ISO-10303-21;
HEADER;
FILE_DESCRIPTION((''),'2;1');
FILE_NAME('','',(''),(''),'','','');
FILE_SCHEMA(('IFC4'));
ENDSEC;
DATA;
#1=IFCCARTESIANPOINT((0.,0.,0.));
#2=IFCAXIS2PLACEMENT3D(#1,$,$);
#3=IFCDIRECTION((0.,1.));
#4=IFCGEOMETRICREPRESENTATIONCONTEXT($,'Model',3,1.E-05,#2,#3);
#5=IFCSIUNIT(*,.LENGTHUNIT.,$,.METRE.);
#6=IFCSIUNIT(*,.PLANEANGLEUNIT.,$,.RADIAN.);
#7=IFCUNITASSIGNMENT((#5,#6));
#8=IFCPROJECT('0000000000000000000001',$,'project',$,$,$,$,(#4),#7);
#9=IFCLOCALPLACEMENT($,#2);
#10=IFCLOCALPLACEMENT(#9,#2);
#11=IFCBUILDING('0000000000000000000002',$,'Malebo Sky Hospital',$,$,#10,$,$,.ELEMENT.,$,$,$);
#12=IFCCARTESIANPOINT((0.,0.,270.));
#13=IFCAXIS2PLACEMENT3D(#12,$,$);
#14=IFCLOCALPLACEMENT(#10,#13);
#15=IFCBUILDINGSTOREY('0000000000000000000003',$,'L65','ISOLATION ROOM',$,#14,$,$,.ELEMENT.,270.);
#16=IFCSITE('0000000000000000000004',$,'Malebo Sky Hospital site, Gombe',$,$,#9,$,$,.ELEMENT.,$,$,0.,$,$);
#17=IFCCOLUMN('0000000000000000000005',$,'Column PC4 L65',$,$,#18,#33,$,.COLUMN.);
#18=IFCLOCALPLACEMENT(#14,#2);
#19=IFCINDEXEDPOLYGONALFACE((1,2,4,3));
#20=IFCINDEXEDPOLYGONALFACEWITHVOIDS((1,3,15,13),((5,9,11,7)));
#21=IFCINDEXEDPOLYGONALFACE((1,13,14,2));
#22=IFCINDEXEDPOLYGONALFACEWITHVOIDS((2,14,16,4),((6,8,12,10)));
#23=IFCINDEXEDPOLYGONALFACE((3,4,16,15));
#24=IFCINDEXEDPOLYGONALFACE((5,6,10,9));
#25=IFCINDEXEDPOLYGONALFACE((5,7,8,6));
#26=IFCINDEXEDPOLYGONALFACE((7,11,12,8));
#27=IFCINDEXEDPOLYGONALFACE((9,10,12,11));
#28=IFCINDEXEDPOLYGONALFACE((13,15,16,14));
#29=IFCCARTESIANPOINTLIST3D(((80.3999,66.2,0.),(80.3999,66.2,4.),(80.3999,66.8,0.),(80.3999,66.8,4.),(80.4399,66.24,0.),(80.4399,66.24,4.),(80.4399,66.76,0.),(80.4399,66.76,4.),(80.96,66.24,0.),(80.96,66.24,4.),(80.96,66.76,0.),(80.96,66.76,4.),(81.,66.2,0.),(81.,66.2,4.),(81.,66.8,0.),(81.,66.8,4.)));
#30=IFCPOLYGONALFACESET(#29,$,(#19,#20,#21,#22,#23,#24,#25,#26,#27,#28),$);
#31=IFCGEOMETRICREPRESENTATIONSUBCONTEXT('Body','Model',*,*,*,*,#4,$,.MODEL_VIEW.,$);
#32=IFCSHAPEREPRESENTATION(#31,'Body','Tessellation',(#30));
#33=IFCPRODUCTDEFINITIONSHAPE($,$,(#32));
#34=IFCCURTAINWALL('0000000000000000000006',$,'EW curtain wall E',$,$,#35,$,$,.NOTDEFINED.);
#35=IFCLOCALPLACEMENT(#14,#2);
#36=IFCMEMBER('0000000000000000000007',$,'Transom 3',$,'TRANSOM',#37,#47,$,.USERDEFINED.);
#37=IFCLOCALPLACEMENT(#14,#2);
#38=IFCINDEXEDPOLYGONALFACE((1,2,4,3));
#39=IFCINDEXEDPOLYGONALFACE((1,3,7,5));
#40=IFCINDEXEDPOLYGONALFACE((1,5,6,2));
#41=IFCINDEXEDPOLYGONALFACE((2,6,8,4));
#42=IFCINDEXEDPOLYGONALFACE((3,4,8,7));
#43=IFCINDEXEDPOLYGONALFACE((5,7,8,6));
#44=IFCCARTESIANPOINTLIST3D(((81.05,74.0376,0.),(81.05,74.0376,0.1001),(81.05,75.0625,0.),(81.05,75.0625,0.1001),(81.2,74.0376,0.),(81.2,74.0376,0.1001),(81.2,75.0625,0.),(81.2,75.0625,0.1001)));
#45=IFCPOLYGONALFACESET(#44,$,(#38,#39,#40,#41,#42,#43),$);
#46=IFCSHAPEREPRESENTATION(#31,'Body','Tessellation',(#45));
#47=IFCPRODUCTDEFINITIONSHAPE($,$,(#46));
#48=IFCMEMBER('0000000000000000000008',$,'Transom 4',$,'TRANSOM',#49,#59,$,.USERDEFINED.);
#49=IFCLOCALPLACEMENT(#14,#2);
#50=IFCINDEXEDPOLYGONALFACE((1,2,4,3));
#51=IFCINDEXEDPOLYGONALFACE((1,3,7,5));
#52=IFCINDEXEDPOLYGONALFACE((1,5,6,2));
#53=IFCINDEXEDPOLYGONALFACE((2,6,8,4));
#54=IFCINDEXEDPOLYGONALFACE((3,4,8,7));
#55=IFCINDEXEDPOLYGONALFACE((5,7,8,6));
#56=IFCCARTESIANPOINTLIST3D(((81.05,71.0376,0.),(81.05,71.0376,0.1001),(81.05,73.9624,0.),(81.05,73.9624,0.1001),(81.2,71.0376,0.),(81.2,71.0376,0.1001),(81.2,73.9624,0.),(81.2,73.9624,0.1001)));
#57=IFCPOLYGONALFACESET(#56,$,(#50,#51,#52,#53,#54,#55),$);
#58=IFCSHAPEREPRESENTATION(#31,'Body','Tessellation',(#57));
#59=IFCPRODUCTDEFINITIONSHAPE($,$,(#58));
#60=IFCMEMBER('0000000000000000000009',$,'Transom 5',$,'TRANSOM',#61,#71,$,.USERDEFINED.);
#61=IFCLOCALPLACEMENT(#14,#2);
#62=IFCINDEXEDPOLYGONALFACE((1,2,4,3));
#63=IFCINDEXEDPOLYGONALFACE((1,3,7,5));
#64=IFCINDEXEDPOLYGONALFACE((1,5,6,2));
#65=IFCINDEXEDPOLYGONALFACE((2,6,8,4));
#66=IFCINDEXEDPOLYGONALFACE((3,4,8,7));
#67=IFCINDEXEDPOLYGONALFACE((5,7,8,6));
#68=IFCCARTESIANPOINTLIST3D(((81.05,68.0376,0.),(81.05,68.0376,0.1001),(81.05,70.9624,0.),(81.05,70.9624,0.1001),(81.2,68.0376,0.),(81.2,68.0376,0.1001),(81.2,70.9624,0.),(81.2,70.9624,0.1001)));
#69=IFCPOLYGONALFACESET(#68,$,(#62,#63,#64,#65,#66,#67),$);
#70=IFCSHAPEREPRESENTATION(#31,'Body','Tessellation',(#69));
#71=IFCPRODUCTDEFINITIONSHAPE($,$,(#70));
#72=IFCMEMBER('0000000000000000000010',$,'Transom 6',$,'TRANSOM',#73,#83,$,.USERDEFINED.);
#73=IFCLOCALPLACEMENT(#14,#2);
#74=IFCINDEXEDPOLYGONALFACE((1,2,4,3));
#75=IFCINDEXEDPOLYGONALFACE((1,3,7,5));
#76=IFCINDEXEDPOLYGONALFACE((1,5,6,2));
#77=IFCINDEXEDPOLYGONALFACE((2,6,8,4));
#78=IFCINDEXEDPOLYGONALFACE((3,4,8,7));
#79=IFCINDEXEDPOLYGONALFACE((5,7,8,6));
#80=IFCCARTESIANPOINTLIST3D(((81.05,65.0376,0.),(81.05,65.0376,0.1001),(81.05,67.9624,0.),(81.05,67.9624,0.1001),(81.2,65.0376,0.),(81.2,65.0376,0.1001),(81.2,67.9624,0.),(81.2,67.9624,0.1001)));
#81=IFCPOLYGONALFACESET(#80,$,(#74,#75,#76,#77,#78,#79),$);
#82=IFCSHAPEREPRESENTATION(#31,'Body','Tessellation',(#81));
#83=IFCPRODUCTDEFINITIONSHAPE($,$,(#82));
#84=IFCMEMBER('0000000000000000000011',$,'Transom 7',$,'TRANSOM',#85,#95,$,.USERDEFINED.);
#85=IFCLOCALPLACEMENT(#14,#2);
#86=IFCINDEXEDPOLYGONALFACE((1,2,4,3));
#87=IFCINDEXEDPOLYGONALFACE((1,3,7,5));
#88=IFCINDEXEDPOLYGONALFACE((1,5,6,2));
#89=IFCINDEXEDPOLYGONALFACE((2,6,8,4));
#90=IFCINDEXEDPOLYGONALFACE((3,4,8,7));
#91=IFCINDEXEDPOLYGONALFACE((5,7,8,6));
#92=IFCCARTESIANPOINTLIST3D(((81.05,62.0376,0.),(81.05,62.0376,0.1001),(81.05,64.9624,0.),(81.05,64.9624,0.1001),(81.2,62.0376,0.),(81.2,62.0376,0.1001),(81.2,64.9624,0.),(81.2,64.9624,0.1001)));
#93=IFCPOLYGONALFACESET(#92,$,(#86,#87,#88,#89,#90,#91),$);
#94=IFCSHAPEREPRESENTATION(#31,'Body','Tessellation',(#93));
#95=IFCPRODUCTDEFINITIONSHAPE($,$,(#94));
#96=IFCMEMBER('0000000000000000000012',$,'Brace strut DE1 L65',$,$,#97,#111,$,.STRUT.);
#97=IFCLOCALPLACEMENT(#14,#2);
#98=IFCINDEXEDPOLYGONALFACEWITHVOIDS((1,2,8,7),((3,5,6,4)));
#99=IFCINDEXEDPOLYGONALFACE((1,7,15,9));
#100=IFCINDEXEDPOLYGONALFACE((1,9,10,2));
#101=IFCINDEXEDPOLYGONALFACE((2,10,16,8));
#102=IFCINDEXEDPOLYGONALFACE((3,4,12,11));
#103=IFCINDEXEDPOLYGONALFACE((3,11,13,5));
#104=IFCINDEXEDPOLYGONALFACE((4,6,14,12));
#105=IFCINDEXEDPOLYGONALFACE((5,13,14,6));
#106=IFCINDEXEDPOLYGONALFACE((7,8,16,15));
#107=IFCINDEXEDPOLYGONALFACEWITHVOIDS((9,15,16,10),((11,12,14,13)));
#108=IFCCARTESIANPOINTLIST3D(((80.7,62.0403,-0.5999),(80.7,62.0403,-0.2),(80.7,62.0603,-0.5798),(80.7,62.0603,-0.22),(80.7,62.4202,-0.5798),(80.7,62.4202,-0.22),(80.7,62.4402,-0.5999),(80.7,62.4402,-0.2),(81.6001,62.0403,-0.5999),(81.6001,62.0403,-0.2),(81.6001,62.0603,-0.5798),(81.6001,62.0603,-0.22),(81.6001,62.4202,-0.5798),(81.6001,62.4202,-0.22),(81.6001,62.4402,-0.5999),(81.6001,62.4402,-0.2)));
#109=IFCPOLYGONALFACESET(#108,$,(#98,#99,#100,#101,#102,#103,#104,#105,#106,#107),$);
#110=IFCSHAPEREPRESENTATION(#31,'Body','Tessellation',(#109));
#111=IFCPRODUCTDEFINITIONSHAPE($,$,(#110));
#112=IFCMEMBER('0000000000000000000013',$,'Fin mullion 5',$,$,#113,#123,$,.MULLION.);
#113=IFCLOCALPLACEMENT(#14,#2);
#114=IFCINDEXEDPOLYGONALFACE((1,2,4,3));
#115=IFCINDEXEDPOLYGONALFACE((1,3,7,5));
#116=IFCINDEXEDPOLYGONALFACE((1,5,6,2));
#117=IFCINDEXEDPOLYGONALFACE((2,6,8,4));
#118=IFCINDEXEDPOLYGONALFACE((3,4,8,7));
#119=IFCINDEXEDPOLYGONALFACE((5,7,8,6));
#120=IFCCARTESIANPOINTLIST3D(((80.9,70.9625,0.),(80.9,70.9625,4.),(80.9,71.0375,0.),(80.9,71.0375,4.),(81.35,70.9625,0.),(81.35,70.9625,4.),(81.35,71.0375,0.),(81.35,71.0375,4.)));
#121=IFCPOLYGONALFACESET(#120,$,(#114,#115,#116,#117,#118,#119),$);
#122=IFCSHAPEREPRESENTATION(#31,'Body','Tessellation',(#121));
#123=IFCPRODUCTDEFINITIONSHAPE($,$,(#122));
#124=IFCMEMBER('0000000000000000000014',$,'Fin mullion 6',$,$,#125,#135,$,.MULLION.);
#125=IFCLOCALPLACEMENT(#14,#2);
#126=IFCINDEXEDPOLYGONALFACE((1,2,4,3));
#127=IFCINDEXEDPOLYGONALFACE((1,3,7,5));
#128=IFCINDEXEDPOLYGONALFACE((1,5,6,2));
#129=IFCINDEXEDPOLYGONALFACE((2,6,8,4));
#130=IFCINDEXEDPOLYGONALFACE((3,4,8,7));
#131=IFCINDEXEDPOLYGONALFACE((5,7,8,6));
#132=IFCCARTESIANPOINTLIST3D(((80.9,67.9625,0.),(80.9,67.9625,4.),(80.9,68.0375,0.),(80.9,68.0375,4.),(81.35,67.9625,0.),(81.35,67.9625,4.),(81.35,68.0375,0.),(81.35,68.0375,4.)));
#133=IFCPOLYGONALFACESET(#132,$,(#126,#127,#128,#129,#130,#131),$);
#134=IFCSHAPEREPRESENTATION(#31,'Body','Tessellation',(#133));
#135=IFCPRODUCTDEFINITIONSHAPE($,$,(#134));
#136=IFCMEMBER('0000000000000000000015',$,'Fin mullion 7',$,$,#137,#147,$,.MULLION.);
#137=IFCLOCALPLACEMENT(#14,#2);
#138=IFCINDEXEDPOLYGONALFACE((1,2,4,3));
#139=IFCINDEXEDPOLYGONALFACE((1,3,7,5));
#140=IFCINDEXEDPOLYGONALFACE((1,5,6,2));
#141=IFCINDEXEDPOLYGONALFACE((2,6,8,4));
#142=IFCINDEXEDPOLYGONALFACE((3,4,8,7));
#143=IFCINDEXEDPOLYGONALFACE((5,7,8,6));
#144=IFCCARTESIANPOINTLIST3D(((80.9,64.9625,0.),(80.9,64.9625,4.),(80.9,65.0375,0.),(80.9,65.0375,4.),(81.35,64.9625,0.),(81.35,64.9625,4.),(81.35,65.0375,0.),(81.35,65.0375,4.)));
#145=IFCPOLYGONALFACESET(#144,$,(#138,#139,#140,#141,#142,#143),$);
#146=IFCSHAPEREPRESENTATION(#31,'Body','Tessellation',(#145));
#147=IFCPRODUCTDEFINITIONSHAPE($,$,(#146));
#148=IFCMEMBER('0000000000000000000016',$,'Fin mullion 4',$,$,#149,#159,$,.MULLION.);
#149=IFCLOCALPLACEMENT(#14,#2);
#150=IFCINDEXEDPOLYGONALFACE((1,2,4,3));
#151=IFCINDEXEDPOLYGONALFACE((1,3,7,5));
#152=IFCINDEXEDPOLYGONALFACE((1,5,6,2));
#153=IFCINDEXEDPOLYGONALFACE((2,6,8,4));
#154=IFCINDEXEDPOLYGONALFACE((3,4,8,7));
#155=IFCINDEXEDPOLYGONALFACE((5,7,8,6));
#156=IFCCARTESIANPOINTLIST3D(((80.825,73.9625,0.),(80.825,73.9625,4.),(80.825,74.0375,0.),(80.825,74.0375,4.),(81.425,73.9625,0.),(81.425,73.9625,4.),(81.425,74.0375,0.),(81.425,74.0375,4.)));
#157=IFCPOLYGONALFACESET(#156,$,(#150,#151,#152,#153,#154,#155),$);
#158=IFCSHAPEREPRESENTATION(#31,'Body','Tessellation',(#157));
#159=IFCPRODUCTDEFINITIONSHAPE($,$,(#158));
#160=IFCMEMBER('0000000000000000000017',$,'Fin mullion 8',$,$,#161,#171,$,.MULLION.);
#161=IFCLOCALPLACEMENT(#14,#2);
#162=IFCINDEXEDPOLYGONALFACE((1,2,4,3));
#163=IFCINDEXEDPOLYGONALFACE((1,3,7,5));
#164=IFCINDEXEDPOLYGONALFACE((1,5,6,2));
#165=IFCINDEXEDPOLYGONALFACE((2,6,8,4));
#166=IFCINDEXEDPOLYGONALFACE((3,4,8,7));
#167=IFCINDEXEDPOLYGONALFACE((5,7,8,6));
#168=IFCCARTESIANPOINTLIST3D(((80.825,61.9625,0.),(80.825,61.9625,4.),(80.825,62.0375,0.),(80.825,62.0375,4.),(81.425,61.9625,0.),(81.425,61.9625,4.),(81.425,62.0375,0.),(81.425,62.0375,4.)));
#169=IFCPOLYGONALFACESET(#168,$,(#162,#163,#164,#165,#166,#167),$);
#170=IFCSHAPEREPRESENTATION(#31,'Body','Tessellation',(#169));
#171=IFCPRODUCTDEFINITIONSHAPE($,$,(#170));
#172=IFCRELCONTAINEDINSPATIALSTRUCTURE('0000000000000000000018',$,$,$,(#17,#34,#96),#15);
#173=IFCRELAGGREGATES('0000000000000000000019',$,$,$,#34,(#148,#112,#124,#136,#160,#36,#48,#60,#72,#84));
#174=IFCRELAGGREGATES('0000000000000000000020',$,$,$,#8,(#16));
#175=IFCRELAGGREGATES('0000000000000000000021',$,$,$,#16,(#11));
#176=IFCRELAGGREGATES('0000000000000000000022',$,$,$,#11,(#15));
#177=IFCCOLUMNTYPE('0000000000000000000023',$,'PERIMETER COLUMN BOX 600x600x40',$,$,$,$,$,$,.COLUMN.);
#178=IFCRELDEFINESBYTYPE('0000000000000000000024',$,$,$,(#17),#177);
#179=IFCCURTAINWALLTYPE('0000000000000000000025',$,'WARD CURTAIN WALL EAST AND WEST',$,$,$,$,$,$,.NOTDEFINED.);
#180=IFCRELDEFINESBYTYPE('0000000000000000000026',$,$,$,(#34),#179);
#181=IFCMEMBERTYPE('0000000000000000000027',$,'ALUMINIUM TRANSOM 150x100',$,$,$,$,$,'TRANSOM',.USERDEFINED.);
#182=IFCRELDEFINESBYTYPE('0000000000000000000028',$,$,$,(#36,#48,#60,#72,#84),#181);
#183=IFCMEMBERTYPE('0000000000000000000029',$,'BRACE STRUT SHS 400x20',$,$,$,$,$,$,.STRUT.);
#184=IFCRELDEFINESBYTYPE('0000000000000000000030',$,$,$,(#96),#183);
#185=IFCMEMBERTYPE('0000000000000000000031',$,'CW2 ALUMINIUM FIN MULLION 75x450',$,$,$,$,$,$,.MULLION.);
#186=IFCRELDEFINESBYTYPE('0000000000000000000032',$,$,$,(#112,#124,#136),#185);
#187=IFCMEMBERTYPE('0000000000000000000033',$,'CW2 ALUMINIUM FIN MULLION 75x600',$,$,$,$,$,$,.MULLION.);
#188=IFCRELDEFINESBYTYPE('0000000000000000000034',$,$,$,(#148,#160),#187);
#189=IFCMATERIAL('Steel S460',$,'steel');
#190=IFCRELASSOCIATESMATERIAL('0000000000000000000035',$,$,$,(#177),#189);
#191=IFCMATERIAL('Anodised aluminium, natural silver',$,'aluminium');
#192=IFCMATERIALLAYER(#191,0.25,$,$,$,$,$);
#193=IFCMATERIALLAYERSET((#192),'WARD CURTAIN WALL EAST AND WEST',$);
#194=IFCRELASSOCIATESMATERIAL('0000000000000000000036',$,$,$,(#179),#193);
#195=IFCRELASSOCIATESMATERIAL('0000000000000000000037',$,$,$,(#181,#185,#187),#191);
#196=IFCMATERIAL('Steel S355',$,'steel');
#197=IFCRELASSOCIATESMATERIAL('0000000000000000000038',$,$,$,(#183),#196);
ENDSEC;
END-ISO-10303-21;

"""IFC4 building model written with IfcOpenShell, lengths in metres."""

from ifc_helpers import new_model, si_unit, direction, frame, origin, origin_2d, place, context, subcontext, project, spatial, rectangle, hollow_rectangle, extrude, material, layer, layer_set, material_profile, profile_set, type_object, element, aggregate, save


model = new_model("IFC4")

# Units and contexts
model_context = context("Model", 3, precision=1e-05, world=origin(), true_north=direction((0.0, 1.0)))
body_context = subcontext(model_context, "Body", "Model", "MODEL_VIEW")
ifc_project = project(units=[si_unit("LENGTHUNIT", "METRE"), si_unit("PLANEANGLEUNIT", "RADIAN")], contexts=[model_context])

# Site, building, storey
site_placement = place(None, origin())
site = spatial("IfcSite", under=ifc_project, at=site_placement, Name="Malebo Sky Hospital site, Gombe", CompositionType="ELEMENT", RefElevation=0.0)
building_placement = place(site_placement, origin())
building = spatial("IfcBuilding", under=site, at=building_placement, Name="Malebo Sky Hospital", CompositionType="ELEMENT")
storey_placement = place(building_placement, frame((0.0, 0.0, 270.0)))
storey = spatial("IfcBuildingStorey", under=building, at=storey_placement, Name="L65", Description="ISOLATION ROOM", CompositionType="ELEMENT", Elevation=270.0)

# Column
ifc_material_1 = material(Name="Steel S460", Category="steel")
ifc_material_profile_1 = material_profile(ifc_material_1, hollow_rectangle(XDim=0.6001, YDim=0.6001, WallThickness=0.04, at=origin_2d()), Name="BOX 600x600x40")
ifc_profile_set_1 = profile_set([ifc_material_profile_1], Name="Steel S460")
column_type = type_object("IfcColumnType", Name="PERIMETER COLUMN BOX 600x600x40", PredefinedType="COLUMN", material=ifc_profile_set_1)
column_placement = place(storey_placement, frame((80.7, 66.5, 0.0), z_axis=(0.0, 0.0, 1.0), x_axis=(1.0, 0.0, 0.0)))
element("IfcColumn", 1, at=column_placement, inside=storey, type_object=column_type, Name="Column PC4 L65", PredefinedType="COLUMN", context=body_context, shape_type="SweptSolid", body=[
    extrude(hollow_rectangle(XDim=0.6001, YDim=0.6001, WallThickness=0.04, at=origin_2d()), origin(), (0.0, 0.0, 1.0), 4.0),
])

# Curtain wall, members
ifc_material_2 = material(Name="Anodised aluminium, natural silver", Category="aluminium")
ifc_layer_1 = layer(ifc_material_2, 0.25)
ifc_layer_set_1 = layer_set([ifc_layer_1], Name="WARD CURTAIN WALL EAST AND WEST")
curtain_wall_type = type_object("IfcCurtainWallType", Name="WARD CURTAIN WALL EAST AND WEST", PredefinedType="NOTDEFINED", material=ifc_layer_set_1)
curtain_wall_placement = place(storey_placement, origin())
curtain_wall = element("IfcCurtainWall", 2, at=curtain_wall_placement, inside=storey, type_object=curtain_wall_type, Name="EW curtain wall E", PredefinedType="NOTDEFINED")
ifc_material_profile_2 = material_profile(ifc_material_2, rectangle(XDim=0.1499, YDim=0.1001, at=origin_2d()), Name="ALUMINIUM TRANSOM 150x100")
ifc_profile_set_2 = profile_set([ifc_material_profile_2], Name="Anodised aluminium, natural silver")
member_type_1 = type_object("IfcMemberType", Name="ALUMINIUM TRANSOM 150x100", ElementType="TRANSOM", PredefinedType="USERDEFINED", material=ifc_profile_set_2)
member_1_placement = place(storey_placement, frame((81.125, 75.0625, 0.05), z_axis=(0.0, -1.0, 0.0), x_axis=(1.0, 0.0, 0.0)))
member_1 = element("IfcMember", 3, at=member_1_placement, type_object=member_type_1, Name="Transom 3", ObjectType="TRANSOM", PredefinedType="USERDEFINED", context=body_context, shape_type="SweptSolid", body=[
    extrude(rectangle(XDim=0.1499, YDim=0.1001, at=origin_2d()), origin(), (0.0, 0.0, 1.0), 1.0249),
])
member_2_placement = place(storey_placement, frame((81.125, 73.9624, 0.05), z_axis=(0.0, -1.0, 0.0), x_axis=(1.0, 0.0, 0.0)))
member_2 = element("IfcMember", 4, at=member_2_placement, type_object=member_type_1, Name="Transom 4", ObjectType="TRANSOM", PredefinedType="USERDEFINED", context=body_context, shape_type="SweptSolid", body=[
    extrude(rectangle(XDim=0.1499, YDim=0.1001, at=origin_2d()), origin(), (0.0, 0.0, 1.0), 2.9248),
])
member_3_placement = place(storey_placement, frame((81.125, 70.9624, 0.05), z_axis=(0.0, -1.0, 0.0), x_axis=(1.0, 0.0, 0.0)))
member_3 = element("IfcMember", 5, at=member_3_placement, type_object=member_type_1, Name="Transom 5", ObjectType="TRANSOM", PredefinedType="USERDEFINED", context=body_context, shape_type="SweptSolid", body=[
    extrude(rectangle(XDim=0.1499, YDim=0.1001, at=origin_2d()), origin(), (0.0, 0.0, 1.0), 2.9248),
])
member_4_placement = place(storey_placement, frame((81.125, 67.9624, 0.05), z_axis=(0.0, -1.0, 0.0), x_axis=(1.0, 0.0, 0.0)))
member_4 = element("IfcMember", 6, at=member_4_placement, type_object=member_type_1, Name="Transom 6", ObjectType="TRANSOM", PredefinedType="USERDEFINED", context=body_context, shape_type="SweptSolid", body=[
    extrude(rectangle(XDim=0.1499, YDim=0.1001, at=origin_2d()), origin(), (0.0, 0.0, 1.0), 2.9248),
])
member_5_placement = place(storey_placement, frame((81.125, 64.9624, 0.05), z_axis=(0.0, -1.0, 0.0), x_axis=(1.0, 0.0, 0.0)))
member_5 = element("IfcMember", 7, at=member_5_placement, type_object=member_type_1, Name="Transom 7", ObjectType="TRANSOM", PredefinedType="USERDEFINED", context=body_context, shape_type="SweptSolid", body=[
    extrude(rectangle(XDim=0.1499, YDim=0.1001, at=origin_2d()), origin(), (0.0, 0.0, 1.0), 2.9248),
])

# Members
ifc_material_3 = material(Name="Steel S355", Category="steel")
ifc_material_profile_3 = material_profile(ifc_material_3, hollow_rectangle(XDim=0.3999, YDim=0.3999, WallThickness=0.02, at=origin_2d()), Name="SHS 400x20")
ifc_profile_set_3 = profile_set([ifc_material_profile_3], Name="Steel S355")
member_type_2 = type_object("IfcMemberType", Name="BRACE STRUT SHS 400x20", PredefinedType="STRUT", material=ifc_profile_set_3)
member_6_placement = place(storey_placement, frame((81.6001, 62.2402, -0.3999), z_axis=(-1.0, 0.0, 0.0), x_axis=(0.0, -1.0, 0.0)))
element("IfcMember", 8, at=member_6_placement, inside=storey, type_object=member_type_2, Name="Brace strut DE1 L65", PredefinedType="STRUT", context=body_context, shape_type="SweptSolid", body=[
    extrude(hollow_rectangle(XDim=0.3999, YDim=0.3999, WallThickness=0.02, at=origin_2d()), origin(), (0.0, 0.0, 1.0), 0.9001),
])
ifc_material_profile_4 = material_profile(ifc_material_2, rectangle(XDim=0.075, YDim=0.45, at=origin_2d()), Name="CW2 ALUMINIUM FIN MULLION 75x450")
ifc_profile_set_4 = profile_set([ifc_material_profile_4], Name="Anodised aluminium, natural silver")
member_type_3 = type_object("IfcMemberType", Name="CW2 ALUMINIUM FIN MULLION 75x450", PredefinedType="MULLION", material=ifc_profile_set_4)
member_7_placement = place(storey_placement, frame((81.125, 71.0, 0.0), z_axis=(0.0, 0.0, 1.0), x_axis=(0.0, -1.0, 0.0)))
member_7 = element("IfcMember", 9, at=member_7_placement, type_object=member_type_3, Name="Fin mullion 5", PredefinedType="MULLION", context=body_context, shape_type="SweptSolid", body=[
    extrude(rectangle(XDim=0.075, YDim=0.45, at=origin_2d()), origin(), (0.0, 0.0, 1.0), 4.0),
])
member_8_placement = place(storey_placement, frame((81.125, 68.0, 0.0), z_axis=(0.0, 0.0, 1.0), x_axis=(0.0, -1.0, 0.0)))
member_8 = element("IfcMember", 10, at=member_8_placement, type_object=member_type_3, Name="Fin mullion 6", PredefinedType="MULLION", context=body_context, shape_type="SweptSolid", body=[
    extrude(rectangle(XDim=0.075, YDim=0.45, at=origin_2d()), origin(), (0.0, 0.0, 1.0), 4.0),
])
member_9_placement = place(storey_placement, frame((81.125, 65.0, 0.0), z_axis=(0.0, 0.0, 1.0), x_axis=(0.0, -1.0, 0.0)))
member_9 = element("IfcMember", 11, at=member_9_placement, type_object=member_type_3, Name="Fin mullion 7", PredefinedType="MULLION", context=body_context, shape_type="SweptSolid", body=[
    extrude(rectangle(XDim=0.075, YDim=0.45, at=origin_2d()), origin(), (0.0, 0.0, 1.0), 4.0),
])
ifc_material_profile_5 = material_profile(ifc_material_2, rectangle(XDim=0.075, YDim=0.6001, at=origin_2d()), Name="CW2 ALUMINIUM FIN MULLION 75x600")
ifc_profile_set_5 = profile_set([ifc_material_profile_5], Name="Anodised aluminium, natural silver")
member_type_4 = type_object("IfcMemberType", Name="CW2 ALUMINIUM FIN MULLION 75x600", PredefinedType="MULLION", material=ifc_profile_set_5)
member_10_placement = place(storey_placement, frame((81.125, 74.0, 0.0), z_axis=(0.0, 0.0, 1.0), x_axis=(0.0, -1.0, 0.0)))
member_10 = element("IfcMember", 12, at=member_10_placement, type_object=member_type_4, Name="Fin mullion 4", PredefinedType="MULLION", context=body_context, shape_type="SweptSolid", body=[
    extrude(rectangle(XDim=0.075, YDim=0.6001, at=origin_2d()), origin(), (0.0, 0.0, 1.0), 4.0),
])
member_11_placement = place(storey_placement, frame((81.125, 62.0, 0.0), z_axis=(0.0, 0.0, 1.0), x_axis=(0.0, -1.0, 0.0)))
member_11 = element("IfcMember", 13, at=member_11_placement, type_object=member_type_4, Name="Fin mullion 8", PredefinedType="MULLION", context=body_context, shape_type="SweptSolid", body=[
    extrude(rectangle(XDim=0.075, YDim=0.6001, at=origin_2d()), origin(), (0.0, 0.0, 1.0), 4.0),
])

aggregate(curtain_wall, [member_10, member_7, member_8, member_9, member_11, member_1, member_2, member_3, member_4, member_5])

save(model, "model.ifc")
